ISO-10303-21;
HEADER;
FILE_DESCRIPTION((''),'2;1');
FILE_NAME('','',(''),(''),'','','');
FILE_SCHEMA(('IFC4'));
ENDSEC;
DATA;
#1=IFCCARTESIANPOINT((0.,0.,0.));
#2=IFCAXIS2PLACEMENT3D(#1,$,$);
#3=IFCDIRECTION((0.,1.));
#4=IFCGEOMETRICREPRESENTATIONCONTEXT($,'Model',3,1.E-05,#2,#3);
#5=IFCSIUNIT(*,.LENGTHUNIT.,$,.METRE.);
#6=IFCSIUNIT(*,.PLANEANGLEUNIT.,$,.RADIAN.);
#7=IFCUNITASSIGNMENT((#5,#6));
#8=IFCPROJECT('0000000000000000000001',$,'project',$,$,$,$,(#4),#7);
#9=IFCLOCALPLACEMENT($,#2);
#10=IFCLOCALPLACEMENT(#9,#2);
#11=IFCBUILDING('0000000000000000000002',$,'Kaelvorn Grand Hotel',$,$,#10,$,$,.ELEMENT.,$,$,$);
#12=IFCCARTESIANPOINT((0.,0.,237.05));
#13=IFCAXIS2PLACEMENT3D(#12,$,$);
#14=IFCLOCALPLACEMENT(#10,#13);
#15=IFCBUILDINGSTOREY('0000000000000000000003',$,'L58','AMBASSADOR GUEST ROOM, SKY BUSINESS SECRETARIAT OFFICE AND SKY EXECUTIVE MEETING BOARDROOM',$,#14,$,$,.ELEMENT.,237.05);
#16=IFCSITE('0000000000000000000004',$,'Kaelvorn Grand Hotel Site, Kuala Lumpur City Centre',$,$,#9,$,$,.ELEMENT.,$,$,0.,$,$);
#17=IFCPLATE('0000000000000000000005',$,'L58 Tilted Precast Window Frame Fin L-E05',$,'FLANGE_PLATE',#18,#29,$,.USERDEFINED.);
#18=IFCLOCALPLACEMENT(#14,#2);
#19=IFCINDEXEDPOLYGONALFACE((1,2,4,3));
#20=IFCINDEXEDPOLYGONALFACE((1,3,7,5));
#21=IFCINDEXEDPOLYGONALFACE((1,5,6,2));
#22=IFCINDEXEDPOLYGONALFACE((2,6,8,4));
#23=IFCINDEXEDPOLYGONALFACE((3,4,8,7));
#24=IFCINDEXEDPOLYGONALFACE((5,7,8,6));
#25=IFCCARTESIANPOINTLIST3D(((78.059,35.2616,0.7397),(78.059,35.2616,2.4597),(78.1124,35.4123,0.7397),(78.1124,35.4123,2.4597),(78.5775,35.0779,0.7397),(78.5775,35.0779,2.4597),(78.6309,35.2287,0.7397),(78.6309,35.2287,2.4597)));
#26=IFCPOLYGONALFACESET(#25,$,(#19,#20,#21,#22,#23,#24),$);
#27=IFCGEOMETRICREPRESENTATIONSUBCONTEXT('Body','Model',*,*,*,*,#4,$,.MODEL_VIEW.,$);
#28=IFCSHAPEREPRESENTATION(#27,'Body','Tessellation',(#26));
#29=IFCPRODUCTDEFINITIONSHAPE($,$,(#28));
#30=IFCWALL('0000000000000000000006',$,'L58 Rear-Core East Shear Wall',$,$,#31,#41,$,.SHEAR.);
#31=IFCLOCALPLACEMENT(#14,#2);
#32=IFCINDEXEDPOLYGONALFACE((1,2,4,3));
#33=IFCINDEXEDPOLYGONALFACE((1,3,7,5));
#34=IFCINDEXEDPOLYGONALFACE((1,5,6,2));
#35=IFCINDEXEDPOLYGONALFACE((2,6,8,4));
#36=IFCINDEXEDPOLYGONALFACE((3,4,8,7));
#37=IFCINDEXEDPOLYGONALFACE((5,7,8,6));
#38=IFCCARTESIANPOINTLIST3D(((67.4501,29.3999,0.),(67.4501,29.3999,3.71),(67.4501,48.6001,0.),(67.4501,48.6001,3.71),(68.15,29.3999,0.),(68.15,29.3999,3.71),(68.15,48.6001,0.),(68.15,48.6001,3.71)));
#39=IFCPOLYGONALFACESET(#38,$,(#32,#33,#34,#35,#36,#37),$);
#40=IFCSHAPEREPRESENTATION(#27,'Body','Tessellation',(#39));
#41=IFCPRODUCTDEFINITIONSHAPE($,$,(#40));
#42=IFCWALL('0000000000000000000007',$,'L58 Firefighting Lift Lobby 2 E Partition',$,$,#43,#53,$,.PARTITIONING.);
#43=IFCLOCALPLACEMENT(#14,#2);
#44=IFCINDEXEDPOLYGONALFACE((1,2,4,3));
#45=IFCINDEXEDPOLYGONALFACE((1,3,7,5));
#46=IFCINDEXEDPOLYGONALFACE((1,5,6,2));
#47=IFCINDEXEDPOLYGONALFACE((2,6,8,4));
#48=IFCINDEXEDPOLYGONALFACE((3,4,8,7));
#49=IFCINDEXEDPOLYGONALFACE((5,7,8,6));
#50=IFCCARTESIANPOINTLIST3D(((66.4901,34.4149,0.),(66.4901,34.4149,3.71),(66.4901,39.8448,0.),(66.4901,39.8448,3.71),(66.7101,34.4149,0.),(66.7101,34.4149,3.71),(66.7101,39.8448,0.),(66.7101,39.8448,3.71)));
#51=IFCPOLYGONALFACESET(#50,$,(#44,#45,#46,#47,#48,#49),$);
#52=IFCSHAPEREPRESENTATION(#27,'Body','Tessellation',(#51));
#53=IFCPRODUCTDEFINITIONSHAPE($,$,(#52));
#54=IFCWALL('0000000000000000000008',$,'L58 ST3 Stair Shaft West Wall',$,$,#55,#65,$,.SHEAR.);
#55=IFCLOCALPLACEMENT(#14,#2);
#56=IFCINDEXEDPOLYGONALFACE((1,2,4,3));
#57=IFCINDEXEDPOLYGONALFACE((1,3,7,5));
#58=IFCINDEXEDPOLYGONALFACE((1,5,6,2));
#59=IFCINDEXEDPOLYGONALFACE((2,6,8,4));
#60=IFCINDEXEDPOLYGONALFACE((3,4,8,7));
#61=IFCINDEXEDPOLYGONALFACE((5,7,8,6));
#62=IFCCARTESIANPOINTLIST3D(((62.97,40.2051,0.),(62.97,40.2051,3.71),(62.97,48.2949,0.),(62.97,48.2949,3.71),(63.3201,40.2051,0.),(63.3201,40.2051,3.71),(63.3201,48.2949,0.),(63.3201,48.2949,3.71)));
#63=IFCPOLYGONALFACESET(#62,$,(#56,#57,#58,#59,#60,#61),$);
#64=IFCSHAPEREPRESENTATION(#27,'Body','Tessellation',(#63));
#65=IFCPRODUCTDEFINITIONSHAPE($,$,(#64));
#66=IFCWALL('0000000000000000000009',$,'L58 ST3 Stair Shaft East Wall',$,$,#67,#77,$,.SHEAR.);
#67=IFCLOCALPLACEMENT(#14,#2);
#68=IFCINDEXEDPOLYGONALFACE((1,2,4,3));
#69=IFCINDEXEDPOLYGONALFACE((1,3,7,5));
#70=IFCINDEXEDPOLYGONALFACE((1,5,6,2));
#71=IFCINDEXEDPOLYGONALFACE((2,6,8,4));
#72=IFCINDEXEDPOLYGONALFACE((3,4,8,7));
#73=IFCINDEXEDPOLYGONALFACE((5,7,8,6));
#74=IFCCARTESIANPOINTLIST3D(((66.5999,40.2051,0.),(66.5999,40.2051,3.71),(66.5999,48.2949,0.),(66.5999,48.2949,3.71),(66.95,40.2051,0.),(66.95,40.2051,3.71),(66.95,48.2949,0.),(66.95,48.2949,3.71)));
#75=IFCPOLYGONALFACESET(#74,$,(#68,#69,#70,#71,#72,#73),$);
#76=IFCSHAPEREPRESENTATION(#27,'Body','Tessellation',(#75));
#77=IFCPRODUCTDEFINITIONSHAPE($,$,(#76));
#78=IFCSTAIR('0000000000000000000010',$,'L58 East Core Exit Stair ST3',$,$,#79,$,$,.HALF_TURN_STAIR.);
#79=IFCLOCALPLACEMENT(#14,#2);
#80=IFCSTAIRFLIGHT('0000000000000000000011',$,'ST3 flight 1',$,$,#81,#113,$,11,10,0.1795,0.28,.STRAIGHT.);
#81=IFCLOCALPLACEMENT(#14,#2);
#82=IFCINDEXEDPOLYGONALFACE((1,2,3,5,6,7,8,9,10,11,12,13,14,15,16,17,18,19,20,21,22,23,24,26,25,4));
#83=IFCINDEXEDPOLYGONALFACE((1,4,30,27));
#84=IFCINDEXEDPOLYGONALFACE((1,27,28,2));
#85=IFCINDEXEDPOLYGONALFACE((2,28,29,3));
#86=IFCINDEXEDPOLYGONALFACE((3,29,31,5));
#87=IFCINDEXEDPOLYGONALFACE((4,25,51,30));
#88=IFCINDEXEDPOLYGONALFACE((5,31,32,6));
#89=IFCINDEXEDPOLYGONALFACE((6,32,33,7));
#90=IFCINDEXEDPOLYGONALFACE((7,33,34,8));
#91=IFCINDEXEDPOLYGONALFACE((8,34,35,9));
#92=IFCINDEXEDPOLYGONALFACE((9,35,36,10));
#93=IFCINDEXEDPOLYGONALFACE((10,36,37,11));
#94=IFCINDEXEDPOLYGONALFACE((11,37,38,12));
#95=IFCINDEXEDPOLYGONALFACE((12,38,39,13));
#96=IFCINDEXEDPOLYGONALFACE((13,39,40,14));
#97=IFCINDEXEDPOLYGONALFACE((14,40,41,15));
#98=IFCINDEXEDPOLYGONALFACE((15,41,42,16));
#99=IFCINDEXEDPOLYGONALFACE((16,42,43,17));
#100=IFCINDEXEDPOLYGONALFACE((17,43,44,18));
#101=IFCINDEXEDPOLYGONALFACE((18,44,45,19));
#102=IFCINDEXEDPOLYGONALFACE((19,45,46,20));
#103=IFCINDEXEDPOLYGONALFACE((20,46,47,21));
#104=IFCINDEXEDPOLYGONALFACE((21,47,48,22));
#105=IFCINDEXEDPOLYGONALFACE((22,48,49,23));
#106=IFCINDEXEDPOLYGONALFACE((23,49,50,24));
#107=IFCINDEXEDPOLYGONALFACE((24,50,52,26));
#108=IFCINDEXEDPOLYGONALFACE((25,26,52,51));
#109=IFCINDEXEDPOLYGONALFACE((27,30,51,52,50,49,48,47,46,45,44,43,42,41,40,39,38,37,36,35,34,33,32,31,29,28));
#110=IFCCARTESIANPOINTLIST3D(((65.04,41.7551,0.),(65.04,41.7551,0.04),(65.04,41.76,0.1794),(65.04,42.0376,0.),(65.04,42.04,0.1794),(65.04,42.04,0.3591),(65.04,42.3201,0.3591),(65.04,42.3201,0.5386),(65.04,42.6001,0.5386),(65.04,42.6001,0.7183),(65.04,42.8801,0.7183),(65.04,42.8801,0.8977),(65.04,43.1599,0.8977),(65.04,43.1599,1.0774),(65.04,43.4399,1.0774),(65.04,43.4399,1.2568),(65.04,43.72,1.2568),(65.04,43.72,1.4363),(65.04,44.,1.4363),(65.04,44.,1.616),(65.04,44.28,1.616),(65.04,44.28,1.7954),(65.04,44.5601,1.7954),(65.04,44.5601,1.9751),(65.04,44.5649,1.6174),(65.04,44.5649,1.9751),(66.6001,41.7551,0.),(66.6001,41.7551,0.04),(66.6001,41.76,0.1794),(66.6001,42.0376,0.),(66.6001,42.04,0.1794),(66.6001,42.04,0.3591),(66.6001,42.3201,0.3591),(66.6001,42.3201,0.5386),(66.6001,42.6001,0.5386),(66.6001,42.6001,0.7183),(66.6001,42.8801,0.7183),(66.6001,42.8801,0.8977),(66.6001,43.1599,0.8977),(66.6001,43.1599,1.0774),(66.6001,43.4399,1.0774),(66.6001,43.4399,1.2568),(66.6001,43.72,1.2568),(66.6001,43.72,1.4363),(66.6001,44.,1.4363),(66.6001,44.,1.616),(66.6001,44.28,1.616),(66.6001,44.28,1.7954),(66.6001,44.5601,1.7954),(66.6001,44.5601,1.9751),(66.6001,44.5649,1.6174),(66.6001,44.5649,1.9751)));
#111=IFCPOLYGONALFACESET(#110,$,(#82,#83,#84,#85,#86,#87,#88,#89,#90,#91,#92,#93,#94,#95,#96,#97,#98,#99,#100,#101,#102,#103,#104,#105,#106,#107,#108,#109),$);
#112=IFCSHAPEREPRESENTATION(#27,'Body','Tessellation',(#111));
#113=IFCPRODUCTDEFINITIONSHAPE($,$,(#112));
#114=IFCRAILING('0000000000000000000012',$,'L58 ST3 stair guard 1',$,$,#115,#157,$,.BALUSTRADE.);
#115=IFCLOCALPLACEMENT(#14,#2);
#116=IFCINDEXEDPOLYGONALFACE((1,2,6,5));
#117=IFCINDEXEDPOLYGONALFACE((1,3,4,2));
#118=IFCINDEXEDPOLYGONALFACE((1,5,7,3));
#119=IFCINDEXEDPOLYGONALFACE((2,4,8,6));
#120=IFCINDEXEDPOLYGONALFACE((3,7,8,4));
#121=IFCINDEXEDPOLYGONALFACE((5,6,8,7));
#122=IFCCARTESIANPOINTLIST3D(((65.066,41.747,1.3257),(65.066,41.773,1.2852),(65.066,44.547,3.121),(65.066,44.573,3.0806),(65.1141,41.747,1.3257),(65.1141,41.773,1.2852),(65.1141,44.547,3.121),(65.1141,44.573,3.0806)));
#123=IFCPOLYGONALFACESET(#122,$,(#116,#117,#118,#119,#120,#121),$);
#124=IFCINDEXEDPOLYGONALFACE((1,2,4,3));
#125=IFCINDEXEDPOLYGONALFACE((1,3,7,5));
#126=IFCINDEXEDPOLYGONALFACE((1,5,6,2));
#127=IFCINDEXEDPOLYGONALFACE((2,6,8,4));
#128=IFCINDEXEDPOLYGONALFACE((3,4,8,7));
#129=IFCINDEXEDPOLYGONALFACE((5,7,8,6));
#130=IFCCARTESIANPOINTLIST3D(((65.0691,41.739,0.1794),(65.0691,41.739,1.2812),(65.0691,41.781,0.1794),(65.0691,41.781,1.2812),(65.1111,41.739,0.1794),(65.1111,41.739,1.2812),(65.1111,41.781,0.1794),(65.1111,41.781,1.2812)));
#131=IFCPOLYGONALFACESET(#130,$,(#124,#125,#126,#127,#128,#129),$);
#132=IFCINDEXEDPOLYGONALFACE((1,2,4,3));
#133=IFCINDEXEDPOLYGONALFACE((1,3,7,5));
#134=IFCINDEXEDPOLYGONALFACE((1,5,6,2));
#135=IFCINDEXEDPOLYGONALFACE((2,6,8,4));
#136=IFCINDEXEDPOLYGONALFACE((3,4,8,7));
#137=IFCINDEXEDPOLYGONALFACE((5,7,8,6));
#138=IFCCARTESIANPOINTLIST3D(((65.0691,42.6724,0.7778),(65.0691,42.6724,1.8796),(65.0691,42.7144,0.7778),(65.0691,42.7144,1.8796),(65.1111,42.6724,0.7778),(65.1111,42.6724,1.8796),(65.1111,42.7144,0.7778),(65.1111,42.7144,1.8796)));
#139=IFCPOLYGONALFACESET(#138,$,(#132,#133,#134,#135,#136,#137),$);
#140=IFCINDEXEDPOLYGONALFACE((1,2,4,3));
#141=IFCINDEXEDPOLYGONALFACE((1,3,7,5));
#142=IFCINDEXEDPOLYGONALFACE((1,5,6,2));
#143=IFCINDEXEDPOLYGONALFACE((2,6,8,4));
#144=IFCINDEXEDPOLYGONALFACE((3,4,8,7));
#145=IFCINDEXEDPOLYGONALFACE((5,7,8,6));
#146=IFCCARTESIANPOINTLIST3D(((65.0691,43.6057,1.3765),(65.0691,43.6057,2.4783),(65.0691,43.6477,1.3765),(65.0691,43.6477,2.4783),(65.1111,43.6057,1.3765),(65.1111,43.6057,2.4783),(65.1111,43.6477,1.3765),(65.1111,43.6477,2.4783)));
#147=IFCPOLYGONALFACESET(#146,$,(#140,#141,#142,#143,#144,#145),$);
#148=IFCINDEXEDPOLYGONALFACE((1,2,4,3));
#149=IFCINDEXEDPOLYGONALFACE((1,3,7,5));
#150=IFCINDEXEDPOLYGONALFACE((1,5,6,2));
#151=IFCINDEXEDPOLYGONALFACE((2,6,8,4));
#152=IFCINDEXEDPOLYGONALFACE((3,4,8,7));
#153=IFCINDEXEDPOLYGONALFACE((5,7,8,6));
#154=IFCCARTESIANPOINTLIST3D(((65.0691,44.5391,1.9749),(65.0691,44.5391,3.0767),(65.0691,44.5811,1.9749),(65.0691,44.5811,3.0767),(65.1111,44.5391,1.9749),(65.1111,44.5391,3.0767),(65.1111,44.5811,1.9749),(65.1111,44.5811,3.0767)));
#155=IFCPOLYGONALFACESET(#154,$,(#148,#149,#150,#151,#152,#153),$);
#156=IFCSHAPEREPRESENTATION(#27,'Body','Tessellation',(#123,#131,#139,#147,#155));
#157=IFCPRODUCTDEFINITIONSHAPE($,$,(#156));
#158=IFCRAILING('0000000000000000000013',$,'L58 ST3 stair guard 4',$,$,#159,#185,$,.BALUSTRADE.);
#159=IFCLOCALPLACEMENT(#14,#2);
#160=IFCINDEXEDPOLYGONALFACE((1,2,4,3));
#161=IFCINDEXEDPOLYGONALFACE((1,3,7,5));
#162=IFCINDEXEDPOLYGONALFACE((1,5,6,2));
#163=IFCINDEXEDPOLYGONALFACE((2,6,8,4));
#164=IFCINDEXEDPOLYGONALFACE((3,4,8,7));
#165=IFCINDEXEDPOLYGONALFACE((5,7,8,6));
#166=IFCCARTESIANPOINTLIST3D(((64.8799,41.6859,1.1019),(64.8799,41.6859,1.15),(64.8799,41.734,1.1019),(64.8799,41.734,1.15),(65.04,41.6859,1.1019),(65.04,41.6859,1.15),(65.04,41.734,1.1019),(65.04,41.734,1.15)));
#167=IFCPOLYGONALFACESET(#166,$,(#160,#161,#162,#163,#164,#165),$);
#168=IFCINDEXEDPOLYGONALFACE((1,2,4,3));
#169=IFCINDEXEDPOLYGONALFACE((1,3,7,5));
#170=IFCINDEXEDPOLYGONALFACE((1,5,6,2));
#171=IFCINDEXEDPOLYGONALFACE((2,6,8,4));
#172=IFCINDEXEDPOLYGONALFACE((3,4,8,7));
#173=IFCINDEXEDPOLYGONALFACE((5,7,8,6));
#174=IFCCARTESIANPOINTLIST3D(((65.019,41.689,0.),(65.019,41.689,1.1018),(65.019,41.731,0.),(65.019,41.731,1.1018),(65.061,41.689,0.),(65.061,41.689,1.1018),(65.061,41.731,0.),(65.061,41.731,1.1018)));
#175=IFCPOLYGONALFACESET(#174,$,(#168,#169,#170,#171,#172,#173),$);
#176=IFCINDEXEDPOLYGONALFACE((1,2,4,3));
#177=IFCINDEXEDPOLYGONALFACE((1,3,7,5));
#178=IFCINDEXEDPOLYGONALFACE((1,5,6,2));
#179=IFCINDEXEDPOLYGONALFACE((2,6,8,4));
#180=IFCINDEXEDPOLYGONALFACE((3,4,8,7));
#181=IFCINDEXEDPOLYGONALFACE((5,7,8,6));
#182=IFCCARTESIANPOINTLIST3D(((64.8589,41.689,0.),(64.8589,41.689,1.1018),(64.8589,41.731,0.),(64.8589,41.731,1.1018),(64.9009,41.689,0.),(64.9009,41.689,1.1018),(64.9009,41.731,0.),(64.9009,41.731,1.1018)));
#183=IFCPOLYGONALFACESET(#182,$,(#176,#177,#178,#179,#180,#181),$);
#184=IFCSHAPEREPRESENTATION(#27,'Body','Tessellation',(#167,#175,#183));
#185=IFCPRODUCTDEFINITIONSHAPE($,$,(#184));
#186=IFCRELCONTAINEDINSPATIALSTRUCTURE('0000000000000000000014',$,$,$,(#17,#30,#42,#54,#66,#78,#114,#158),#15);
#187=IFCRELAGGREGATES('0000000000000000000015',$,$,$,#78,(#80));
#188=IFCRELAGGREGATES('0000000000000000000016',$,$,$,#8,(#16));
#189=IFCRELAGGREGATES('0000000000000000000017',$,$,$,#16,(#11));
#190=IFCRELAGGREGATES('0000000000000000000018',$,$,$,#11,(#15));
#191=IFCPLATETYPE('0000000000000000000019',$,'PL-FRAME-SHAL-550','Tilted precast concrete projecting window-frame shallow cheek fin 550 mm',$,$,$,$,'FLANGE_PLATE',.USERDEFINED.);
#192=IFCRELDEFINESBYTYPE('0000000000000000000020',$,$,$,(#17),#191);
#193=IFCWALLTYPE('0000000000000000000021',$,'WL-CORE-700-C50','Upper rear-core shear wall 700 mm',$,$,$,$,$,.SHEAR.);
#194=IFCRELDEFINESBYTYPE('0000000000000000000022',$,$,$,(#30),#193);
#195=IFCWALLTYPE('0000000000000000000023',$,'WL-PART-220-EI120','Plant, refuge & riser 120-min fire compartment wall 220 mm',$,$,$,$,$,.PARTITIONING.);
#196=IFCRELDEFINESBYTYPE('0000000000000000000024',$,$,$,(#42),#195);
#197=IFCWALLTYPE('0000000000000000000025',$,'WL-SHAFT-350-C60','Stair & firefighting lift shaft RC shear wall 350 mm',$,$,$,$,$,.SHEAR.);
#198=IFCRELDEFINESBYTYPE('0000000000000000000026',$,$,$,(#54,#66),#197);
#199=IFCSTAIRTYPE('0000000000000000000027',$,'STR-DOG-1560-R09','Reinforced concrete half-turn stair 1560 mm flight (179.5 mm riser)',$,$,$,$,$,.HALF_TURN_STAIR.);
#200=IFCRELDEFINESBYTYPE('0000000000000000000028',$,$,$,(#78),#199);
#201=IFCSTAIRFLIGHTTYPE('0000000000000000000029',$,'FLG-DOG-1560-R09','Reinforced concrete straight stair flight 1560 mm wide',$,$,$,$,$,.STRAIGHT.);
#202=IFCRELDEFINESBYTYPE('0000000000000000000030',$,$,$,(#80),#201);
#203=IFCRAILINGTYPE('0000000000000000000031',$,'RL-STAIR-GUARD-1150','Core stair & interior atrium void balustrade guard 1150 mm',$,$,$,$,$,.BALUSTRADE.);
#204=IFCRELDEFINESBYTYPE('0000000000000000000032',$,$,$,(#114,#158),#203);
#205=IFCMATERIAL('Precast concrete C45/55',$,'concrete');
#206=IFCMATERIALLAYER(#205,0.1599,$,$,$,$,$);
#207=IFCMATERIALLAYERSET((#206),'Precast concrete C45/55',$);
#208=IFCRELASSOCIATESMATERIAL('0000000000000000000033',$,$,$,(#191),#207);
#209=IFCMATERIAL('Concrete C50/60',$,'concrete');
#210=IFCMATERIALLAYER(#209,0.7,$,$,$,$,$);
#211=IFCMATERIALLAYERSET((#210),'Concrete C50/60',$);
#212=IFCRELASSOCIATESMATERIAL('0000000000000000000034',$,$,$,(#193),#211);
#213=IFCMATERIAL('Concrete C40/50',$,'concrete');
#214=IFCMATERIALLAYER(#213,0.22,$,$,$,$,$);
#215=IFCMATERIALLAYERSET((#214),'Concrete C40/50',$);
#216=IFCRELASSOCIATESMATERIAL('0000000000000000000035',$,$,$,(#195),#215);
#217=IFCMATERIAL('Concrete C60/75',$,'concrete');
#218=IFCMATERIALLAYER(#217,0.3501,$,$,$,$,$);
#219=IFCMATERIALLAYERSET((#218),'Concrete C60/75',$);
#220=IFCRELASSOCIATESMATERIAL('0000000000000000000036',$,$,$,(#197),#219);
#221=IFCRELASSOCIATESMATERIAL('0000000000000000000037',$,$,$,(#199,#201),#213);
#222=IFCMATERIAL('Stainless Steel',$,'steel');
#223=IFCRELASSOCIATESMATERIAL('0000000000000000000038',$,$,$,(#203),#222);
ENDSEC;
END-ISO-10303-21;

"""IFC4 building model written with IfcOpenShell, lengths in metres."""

from ifc_helpers import new_model, si_unit, direction, frame, frame_2d, origin, origin_2d, place, context, subcontext, project, spatial, polyline, rectangle, outline, extrude, material, layer, layer_set, type_object, element, aggregate, save


model = new_model("IFC4")

# Units and contexts
model_context = context("Model", 3, precision=1e-05, world=origin(), true_north=direction((0.0, 1.0)))
body_context = subcontext(model_context, "Body", "Model", "MODEL_VIEW")
ifc_project = project(units=[si_unit("LENGTHUNIT", "METRE"), si_unit("PLANEANGLEUNIT", "RADIAN")], contexts=[model_context])

# Site, building, storey
site_placement = place(None, origin())
site = spatial("IfcSite", under=ifc_project, at=site_placement, Name="Kaelvorn Grand Hotel Site, Kuala Lumpur City Centre", CompositionType="ELEMENT", RefElevation=0.0)
building_placement = place(site_placement, origin())
building = spatial("IfcBuilding", under=site, at=building_placement, Name="Kaelvorn Grand Hotel", CompositionType="ELEMENT")
storey_placement = place(building_placement, frame((0.0, 0.0, 237.05)))
storey = spatial("IfcBuildingStorey", under=building, at=storey_placement, Name="L58", Description="AMBASSADOR GUEST ROOM, SKY BUSINESS SECRETARIAT OFFICE AND SKY EXECUTIVE MEETING BOARDROOM", CompositionType="ELEMENT", Elevation=237.05)

# Shared definitions
ifc_material_1 = material(Name="Concrete C50/60", Category="concrete")

# Plate
ifc_material_2 = material(Name="Precast concrete C45/55", Category="concrete")
ifc_layer_1 = layer(ifc_material_2, 0.1599)
ifc_layer_set_1 = layer_set([ifc_layer_1], Name="Precast concrete C45/55")
plate_type_1 = type_object("IfcPlateType", Name="PL-FRAME-SHAL-550", Description="Tilted precast concrete projecting window-frame shallow cheek fin 550 mm", ElementType="FLANGE_PLATE", PredefinedType="USERDEFINED", material=ifc_layer_set_1)
for number, where, z_axis, x_axis, name in (
    (1, (78.345, 35.2451, 0.7397), (0.0, 0.0, 1.0), (0.333807, 0.942641, 0.0), "L58 Tilted Precast Window Frame Fin L-E05"),
):
    element("IfcPlate", number, at=place(storey_placement, frame(where, z_axis=z_axis, x_axis=x_axis)), inside=storey, type_object=plate_type_1, Name=name, ObjectType="FLANGE_PLATE", PredefinedType="USERDEFINED", context=body_context, shape_type="SweptSolid", body=[
        extrude(rectangle(XDim=0.1599, YDim=0.55, at=origin_2d()), origin(), (0.0, 0.0, 1.0), 1.72),
    ])

# Walls
ifc_layer_2 = layer(ifc_material_1, 0.7)
ifc_layer_set_2 = layer_set([ifc_layer_2], Name="Concrete C50/60")
wall_type_1 = type_object("IfcWallType", Name="WL-CORE-700-C50", Description="Upper rear-core shear wall 700 mm", PredefinedType="SHEAR", material=ifc_layer_set_2)
wall_1_placement = place(storey_placement, frame((67.8, 29.3999, 0.0), z_axis=(0.0, 0.0, 1.0), x_axis=(0.0, 1.0, 0.0)))
element("IfcWall", 2, at=wall_1_placement, inside=storey, type_object=wall_type_1, Name="L58 Rear-Core East Shear Wall", PredefinedType="SHEAR", context=body_context, shape_type="SweptSolid", body=[
    extrude(rectangle(XDim=19.2002, YDim=0.7, at=frame_2d((9.6001, 0.0))), origin(), (0.0, 0.0, 1.0), 3.71),
])
ifc_material_3 = material(Name="Concrete C40/50", Category="concrete")
ifc_layer_3 = layer(ifc_material_3, 0.22)
ifc_layer_set_3 = layer_set([ifc_layer_3], Name="Concrete C40/50")
wall_type_2 = type_object("IfcWallType", Name="WL-PART-220-EI120", Description="Plant, refuge & riser 120-min fire compartment wall 220 mm", PredefinedType="PARTITIONING", material=ifc_layer_set_3)
wall_2_placement = place(storey_placement, frame((66.6001, 34.415, 0.0), z_axis=(0.0, 0.0, 1.0), x_axis=(0.0, 1.0, 0.0)))
element("IfcWall", 3, at=wall_2_placement, inside=storey, type_object=wall_type_2, Name="L58 Firefighting Lift Lobby 2 E Partition", PredefinedType="PARTITIONING", context=body_context, shape_type="SweptSolid", body=[
    extrude(rectangle(XDim=5.4299, YDim=0.22, at=frame_2d((2.7148, 0.0))), origin(), (0.0, 0.0, 1.0), 3.71),
])

# Shared definitions
ifc_material_4 = material(Name="Concrete C60/75", Category="concrete")
ifc_layer_4 = layer(ifc_material_4, 0.3501)
ifc_layer_set_4 = layer_set([ifc_layer_4], Name="Concrete C60/75")
wall_type_3 = type_object("IfcWallType", Name="WL-SHAFT-350-C60", Description="Stair & firefighting lift shaft RC shear wall 350 mm", PredefinedType="SHEAR", material=ifc_layer_set_4)

# Walls
for number, where, z_axis, x_axis, name in (
    (4, (63.145, 40.2051, 0.0), (0.0, 0.0, 1.0), (0.0, 1.0, 0.0), "L58 ST3 Stair Shaft West Wall"),
    (5, (66.7749, 40.2051, 0.0), (0.0, 0.0, 1.0), (0.0, 1.0, 0.0), "L58 ST3 Stair Shaft East Wall"),
):
    element("IfcWall", number, at=place(storey_placement, frame(where, z_axis=z_axis, x_axis=x_axis)), inside=storey, type_object=wall_type_3, Name=name, PredefinedType="SHEAR", context=body_context, shape_type="SweptSolid", body=[
        extrude(rectangle(XDim=8.0898, YDim=0.3501, at=frame_2d((4.0449, 0.0))), origin(), (0.0, 0.0, 1.0), 3.71),
    ])

# Stair, stair flight
stair_type = type_object("IfcStairType", Name="STR-DOG-1560-R09", Description="Reinforced concrete half-turn stair 1560 mm flight (179.5 mm riser)", PredefinedType="HALF_TURN_STAIR", material=ifc_material_3)
stair_placement = place(storey_placement, origin())
stair = element("IfcStair", 6, at=stair_placement, inside=storey, type_object=stair_type, Name="L58 East Core Exit Stair ST3", PredefinedType="HALF_TURN_STAIR")
stair_flight_type = type_object("IfcStairFlightType", Name="FLG-DOG-1560-R09", Description="Reinforced concrete straight stair flight 1560 mm wide", PredefinedType="STRAIGHT", material=ifc_material_3)
stair_flight_placement = place(storey_placement, frame((65.8201, 41.76, 0.0), z_axis=(0.0, 0.0, 1.0), x_axis=(0.0, 1.0, 0.0)))
stair_flight = element("IfcStairFlight", 7, at=stair_flight_placement, type_object=stair_flight_type, Name="ST3 flight 1", NumberOfRisers=11, NumberOfTreads=10, PredefinedType="STRAIGHT", RiserHeight=0.1795, TreadLength=0.28, context=body_context, shape_type="SweptSolid", body=[
    extrude(outline(polyline([(-0.0049, 0.0), (-0.0049, 0.04), (0.0, 0.1794), (0.28, 0.1794), (0.28, 0.3591), (0.5601, 0.3591), (0.5601, 0.5386), (0.8401, 0.5386), (0.8401, 0.7183), (1.1201, 0.7183), (1.1201, 0.8977), (1.3999, 0.8977), (1.3999, 1.0774), (1.6799, 1.0774), (1.6799, 1.2568), (1.96, 1.2568), (1.96, 1.4363), (2.24, 1.4363), (2.24, 1.616), (2.52, 1.616), (2.52, 1.7954), (2.8, 1.7954), (2.8, 1.9751), (2.8049, 1.9751), (2.8049, 1.6174), (0.2776, 0.0), (-0.0049, 0.0)])), frame((0.0, 0.78, 0.0), z_axis=(0.0, -1.0, 0.0), x_axis=(1.0, 0.0, 0.0)), (0.0, 0.0, 1.0), 1.5601),
])
aggregate(stair, [stair_flight])

# Railings
ifc_material_5 = material(Name="Stainless Steel", Category="steel")
railing_type = type_object("IfcRailingType", Name="RL-STAIR-GUARD-1150", Description="Core stair & interior atrium void balustrade guard 1150 mm", PredefinedType="BALUSTRADE", material=ifc_material_5)
railing_1_placement = place(storey_placement, frame((65.0901, 41.76, 0.1794)))
element("IfcRailing", 8, at=railing_1_placement, inside=storey, type_object=railing_type, Name="L58 ST3 stair guard 1", PredefinedType="BALUSTRADE", context=body_context, shape_type="SweptSolid", body=[
    extrude(rectangle(XDim=0.0481, YDim=0.0481, at=origin_2d()), frame((0.0, 0.0, 1.126), z_axis=(0.0, 0.84181, 0.539774), x_axis=(-1.0, 0.0, 0.0)), (0.0, 0.0, 1.0), 3.3262),
    extrude(rectangle(XDim=0.042, YDim=0.042, at=origin_2d()), origin(), (0.0, 0.0, 1.0), 1.1018),
    extrude(rectangle(XDim=0.042, YDim=0.042, at=origin_2d()), frame((0.0, 0.9333, 0.5984)), (0.0, 0.0, 1.0), 1.1018),
    extrude(rectangle(XDim=0.042, YDim=0.042, at=origin_2d()), frame((0.0, 1.8667, 1.197)), (0.0, 0.0, 1.0), 1.1018),
    extrude(rectangle(XDim=0.042, YDim=0.042, at=origin_2d()), frame((0.0, 2.8, 1.7954)), (0.0, 0.0, 1.0), 1.1018),
])
railing_2_placement = place(storey_placement, frame((65.04, 41.71, 0.0)))
element("IfcRailing", 9, at=railing_2_placement, inside=storey, type_object=railing_type, Name="L58 ST3 stair guard 4", PredefinedType="BALUSTRADE", context=body_context, shape_type="SweptSolid", body=[
    extrude(rectangle(XDim=0.0481, YDim=0.0481, at=origin_2d()), frame((0.0, 0.0, 1.126), z_axis=(-1.0, 0.0, 0.0), x_axis=(0.0, -1.0, 0.0)), (0.0, 0.0, 1.0), 0.1602),
    extrude(rectangle(XDim=0.042, YDim=0.042, at=origin_2d()), origin(), (0.0, 0.0, 1.0), 1.1018),
    extrude(rectangle(XDim=0.042, YDim=0.042, at=origin_2d()), frame((-0.1602, 0.0, 0.0)), (0.0, 0.0, 1.0), 1.1018),
])

save(model, "model.ifc")
